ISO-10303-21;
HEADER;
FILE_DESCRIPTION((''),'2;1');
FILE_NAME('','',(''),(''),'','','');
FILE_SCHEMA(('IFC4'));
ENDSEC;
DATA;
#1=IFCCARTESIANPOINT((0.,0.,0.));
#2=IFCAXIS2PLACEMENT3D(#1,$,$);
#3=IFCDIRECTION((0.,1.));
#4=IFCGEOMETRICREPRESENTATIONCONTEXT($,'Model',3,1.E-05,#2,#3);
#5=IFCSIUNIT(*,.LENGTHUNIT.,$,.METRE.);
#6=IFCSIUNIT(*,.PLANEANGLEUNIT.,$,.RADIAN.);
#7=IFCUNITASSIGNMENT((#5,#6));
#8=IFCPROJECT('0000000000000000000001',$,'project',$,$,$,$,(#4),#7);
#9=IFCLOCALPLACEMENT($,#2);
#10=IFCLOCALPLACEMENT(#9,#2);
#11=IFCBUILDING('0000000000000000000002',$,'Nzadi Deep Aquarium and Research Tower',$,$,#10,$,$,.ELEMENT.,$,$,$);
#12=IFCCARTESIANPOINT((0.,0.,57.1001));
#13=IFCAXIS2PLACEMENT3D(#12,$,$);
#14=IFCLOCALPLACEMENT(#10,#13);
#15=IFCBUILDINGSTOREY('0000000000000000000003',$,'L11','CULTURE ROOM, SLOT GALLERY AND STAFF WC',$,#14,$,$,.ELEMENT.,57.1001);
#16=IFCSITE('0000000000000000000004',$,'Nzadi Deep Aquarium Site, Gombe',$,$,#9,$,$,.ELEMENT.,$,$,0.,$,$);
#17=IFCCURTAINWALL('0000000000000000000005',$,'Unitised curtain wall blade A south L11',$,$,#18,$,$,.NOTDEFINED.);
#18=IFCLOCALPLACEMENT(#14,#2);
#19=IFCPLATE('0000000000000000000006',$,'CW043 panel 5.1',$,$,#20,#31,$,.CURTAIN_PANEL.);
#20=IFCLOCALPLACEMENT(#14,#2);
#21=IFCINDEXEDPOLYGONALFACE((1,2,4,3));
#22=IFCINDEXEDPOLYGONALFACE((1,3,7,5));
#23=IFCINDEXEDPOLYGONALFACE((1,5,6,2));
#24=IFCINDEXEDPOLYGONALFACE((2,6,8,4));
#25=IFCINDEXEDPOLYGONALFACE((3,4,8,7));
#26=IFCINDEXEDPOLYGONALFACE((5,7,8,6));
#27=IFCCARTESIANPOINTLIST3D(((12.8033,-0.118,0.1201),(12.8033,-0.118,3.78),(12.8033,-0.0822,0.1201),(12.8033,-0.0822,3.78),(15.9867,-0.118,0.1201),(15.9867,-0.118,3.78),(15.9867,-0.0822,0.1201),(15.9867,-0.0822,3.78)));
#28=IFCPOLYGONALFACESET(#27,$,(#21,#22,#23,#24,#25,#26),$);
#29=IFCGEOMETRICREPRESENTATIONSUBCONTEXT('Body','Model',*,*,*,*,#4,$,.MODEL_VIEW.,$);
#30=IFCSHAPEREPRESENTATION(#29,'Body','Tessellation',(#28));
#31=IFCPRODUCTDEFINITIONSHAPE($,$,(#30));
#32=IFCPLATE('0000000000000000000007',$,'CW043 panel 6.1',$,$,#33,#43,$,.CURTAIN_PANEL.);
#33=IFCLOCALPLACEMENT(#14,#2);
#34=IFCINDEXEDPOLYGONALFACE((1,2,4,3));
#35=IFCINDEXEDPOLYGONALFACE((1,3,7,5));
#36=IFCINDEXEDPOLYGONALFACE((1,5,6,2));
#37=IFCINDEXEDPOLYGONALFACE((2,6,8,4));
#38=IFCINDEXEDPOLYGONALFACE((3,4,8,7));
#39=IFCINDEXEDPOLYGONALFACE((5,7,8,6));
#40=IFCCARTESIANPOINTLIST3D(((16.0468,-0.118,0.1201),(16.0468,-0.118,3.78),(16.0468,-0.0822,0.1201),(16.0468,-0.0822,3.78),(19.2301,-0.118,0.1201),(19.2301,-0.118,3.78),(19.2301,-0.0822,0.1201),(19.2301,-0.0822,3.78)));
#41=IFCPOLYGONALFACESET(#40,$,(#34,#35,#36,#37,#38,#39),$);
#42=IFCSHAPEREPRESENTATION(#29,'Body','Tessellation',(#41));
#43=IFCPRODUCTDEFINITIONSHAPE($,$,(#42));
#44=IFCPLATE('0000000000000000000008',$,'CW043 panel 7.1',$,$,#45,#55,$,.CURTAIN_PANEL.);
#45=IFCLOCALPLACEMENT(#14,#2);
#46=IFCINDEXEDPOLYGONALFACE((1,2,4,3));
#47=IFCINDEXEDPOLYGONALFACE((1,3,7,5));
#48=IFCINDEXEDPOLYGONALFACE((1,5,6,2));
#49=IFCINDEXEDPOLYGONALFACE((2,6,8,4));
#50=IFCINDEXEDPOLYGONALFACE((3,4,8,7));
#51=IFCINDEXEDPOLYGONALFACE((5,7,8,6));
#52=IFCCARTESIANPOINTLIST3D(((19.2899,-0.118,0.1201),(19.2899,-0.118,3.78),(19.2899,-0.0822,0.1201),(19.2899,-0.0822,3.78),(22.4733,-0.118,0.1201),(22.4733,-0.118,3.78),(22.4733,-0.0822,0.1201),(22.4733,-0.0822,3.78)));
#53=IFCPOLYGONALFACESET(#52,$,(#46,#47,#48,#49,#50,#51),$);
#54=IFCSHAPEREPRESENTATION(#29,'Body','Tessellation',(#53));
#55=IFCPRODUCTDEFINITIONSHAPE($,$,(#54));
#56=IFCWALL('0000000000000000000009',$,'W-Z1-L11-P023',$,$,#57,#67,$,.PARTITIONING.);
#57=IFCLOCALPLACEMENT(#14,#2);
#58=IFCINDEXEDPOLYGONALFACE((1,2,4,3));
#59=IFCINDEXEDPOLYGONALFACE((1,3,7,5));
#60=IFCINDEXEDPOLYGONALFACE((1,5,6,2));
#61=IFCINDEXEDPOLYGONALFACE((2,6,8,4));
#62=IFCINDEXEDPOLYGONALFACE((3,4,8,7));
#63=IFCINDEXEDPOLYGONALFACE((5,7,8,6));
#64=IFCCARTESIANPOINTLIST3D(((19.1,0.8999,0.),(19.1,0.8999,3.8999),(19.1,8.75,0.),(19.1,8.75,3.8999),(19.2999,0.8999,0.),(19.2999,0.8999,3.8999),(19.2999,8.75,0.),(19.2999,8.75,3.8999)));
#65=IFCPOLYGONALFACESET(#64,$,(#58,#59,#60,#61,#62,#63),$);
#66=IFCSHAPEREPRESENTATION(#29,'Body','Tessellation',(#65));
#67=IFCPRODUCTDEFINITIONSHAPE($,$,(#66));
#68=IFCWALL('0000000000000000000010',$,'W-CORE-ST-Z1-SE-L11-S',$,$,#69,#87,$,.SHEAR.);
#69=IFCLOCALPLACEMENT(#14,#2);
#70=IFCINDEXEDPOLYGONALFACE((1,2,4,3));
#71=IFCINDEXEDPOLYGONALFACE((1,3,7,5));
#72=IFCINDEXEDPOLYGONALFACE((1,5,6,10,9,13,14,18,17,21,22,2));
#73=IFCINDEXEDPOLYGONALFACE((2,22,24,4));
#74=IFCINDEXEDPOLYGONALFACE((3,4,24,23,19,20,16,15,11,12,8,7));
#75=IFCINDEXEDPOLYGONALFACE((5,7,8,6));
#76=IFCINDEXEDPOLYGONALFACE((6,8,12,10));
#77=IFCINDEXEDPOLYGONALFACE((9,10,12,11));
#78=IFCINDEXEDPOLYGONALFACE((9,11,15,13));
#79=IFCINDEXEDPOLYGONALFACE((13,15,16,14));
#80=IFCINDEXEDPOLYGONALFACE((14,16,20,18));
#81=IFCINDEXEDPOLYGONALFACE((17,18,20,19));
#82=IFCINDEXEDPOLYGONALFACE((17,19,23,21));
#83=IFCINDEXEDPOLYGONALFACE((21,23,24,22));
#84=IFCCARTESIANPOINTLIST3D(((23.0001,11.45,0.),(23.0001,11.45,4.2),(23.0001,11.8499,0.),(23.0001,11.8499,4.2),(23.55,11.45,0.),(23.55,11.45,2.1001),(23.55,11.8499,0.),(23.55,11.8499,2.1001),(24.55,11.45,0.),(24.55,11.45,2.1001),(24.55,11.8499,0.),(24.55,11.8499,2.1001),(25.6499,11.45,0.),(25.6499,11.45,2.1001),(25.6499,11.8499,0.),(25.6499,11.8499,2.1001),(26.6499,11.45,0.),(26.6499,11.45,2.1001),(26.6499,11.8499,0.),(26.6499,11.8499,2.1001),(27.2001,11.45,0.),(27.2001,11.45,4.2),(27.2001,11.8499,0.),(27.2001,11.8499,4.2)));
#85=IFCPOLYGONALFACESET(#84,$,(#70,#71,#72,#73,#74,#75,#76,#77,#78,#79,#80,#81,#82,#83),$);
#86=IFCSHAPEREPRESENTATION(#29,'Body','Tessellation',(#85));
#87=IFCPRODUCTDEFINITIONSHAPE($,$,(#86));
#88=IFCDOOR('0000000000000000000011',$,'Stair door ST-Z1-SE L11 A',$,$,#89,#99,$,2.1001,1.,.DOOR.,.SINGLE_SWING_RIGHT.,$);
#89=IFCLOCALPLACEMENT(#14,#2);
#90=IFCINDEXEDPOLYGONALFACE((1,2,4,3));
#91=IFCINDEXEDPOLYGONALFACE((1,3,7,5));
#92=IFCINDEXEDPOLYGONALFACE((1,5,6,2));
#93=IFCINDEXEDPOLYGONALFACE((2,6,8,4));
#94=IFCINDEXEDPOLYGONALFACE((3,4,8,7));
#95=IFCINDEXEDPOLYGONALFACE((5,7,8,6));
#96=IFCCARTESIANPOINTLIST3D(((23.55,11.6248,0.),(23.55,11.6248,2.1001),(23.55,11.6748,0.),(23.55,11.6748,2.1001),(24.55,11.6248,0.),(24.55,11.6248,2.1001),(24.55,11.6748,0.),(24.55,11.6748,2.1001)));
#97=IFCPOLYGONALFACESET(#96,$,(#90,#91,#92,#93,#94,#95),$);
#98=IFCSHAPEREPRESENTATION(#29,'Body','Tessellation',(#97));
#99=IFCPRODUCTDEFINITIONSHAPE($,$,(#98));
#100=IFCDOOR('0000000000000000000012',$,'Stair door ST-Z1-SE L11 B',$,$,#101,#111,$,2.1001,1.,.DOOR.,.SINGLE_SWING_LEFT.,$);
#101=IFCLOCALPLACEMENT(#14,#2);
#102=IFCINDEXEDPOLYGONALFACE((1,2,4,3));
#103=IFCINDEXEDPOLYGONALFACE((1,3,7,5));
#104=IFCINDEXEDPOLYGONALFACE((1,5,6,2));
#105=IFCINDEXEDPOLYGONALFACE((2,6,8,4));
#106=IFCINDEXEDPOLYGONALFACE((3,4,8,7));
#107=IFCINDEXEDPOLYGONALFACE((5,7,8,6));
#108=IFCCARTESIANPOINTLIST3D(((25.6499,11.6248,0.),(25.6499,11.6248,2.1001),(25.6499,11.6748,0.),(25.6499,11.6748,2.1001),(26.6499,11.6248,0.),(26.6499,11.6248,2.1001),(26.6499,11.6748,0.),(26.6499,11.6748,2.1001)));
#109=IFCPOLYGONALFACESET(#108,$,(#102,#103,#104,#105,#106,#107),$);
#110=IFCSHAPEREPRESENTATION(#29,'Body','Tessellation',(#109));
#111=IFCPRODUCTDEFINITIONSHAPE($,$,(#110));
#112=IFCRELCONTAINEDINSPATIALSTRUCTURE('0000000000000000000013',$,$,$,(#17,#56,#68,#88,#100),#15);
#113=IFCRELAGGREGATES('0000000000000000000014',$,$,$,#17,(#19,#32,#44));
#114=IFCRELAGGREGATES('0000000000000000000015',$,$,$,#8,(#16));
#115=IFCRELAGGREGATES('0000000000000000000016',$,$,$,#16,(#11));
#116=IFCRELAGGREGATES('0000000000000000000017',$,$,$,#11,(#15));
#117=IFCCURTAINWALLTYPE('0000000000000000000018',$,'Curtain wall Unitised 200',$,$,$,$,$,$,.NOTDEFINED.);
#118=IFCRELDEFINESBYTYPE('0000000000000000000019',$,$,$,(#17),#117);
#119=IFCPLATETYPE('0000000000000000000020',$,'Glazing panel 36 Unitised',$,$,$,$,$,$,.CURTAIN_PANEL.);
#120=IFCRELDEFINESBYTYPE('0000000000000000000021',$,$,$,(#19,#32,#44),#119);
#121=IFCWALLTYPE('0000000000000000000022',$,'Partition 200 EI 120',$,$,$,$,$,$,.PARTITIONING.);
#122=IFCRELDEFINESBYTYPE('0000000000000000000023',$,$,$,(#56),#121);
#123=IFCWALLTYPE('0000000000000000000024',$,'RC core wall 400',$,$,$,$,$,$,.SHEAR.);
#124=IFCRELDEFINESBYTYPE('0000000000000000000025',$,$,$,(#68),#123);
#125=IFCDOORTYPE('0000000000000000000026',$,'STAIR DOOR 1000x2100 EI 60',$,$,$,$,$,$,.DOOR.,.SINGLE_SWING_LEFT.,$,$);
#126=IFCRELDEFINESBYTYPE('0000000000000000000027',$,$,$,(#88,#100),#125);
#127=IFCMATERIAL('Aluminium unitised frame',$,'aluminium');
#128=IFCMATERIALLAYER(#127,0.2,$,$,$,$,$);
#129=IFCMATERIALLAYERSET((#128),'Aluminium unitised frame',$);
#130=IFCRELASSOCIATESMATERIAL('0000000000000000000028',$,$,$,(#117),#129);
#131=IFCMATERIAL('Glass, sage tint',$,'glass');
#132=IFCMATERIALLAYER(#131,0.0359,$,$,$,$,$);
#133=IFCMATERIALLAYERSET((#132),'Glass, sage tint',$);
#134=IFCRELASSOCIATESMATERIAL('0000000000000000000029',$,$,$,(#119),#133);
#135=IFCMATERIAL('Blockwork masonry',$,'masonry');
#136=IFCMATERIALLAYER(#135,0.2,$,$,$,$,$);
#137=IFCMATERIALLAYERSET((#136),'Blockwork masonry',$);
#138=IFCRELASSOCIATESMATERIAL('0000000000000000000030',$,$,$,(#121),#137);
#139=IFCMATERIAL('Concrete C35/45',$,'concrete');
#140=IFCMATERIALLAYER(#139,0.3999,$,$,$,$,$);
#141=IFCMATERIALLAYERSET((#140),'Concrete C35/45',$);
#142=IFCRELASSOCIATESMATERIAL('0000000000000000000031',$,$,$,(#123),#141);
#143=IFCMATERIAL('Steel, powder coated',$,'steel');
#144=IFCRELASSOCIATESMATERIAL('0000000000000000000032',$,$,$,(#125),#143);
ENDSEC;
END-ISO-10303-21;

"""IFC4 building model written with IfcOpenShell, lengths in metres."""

from ifc_helpers import new_model, si_unit, direction, frame, frame_2d, origin, origin_2d, place, context, subcontext, project, spatial, rectangle, extrude, material, layer, layer_set, type_object, element, fill, aggregate, save


model = new_model("IFC4")

# Units and contexts
model_context = context("Model", 3, precision=1e-05, world=origin(), true_north=direction((0.0, 1.0)))
body_context = subcontext(model_context, "Body", "Model", "MODEL_VIEW")
ifc_project = project(units=[si_unit("LENGTHUNIT", "METRE"), si_unit("PLANEANGLEUNIT", "RADIAN")], contexts=[model_context])

# Site, building, storey
site_placement = place(None, origin())
site = spatial("IfcSite", under=ifc_project, at=site_placement, Name="Nzadi Deep Aquarium Site, Gombe", CompositionType="ELEMENT", RefElevation=0.0)
building_placement = place(site_placement, origin())
building = spatial("IfcBuilding", under=site, at=building_placement, Name="Nzadi Deep Aquarium and Research Tower", CompositionType="ELEMENT")
storey_placement = place(building_placement, frame((0.0, 0.0, 57.1001)))
storey = spatial("IfcBuildingStorey", under=building, at=storey_placement, Name="L11", Description="CULTURE ROOM, SLOT GALLERY AND STAFF WC", CompositionType="ELEMENT", Elevation=57.1001)

# Curtain wall
ifc_material_1 = material(Name="Aluminium unitised frame", Category="aluminium")
ifc_layer_1 = layer(ifc_material_1, 0.2)
ifc_layer_set_1 = layer_set([ifc_layer_1], Name="Aluminium unitised frame")
curtain_wall_type = type_object("IfcCurtainWallType", Name="Curtain wall Unitised 200", PredefinedType="NOTDEFINED", material=ifc_layer_set_1)
curtain_wall_placement = place(storey_placement, origin())
curtain_wall = element("IfcCurtainWall", 1, at=curtain_wall_placement, inside=storey, type_object=curtain_wall_type, Name="Unitised curtain wall blade A south L11", PredefinedType="NOTDEFINED")

# Plates
ifc_material_2 = material(Name="Glass, sage tint", Category="glass")
ifc_layer_2 = layer(ifc_material_2, 0.0359)
ifc_layer_set_2 = layer_set([ifc_layer_2], Name="Glass, sage tint")
plate_type = type_object("IfcPlateType", Name="Glazing panel 36 Unitised", PredefinedType="CURTAIN_PANEL", material=ifc_layer_set_2)
plate_1_placement = place(storey_placement, frame((14.395, -0.1001, 0.1201), z_axis=(0.0, 0.0, 1.0), x_axis=(1.0, 0.0, 0.0)))
plate_1 = element("IfcPlate", 2, at=plate_1_placement, type_object=plate_type, Name="CW043 panel 5.1", PredefinedType="CURTAIN_PANEL", context=body_context, shape_type="SweptSolid", body=[
    extrude(rectangle(XDim=3.1833, YDim=0.0359, at=origin_2d()), origin(), (0.0, 0.0, 1.0), 3.6599),
])
plate_2_placement = place(storey_placement, frame((17.6384, -0.1001, 0.1201), z_axis=(0.0, 0.0, 1.0), x_axis=(1.0, 0.0, 0.0)))
plate_2 = element("IfcPlate", 3, at=plate_2_placement, type_object=plate_type, Name="CW043 panel 6.1", PredefinedType="CURTAIN_PANEL", context=body_context, shape_type="SweptSolid", body=[
    extrude(rectangle(XDim=3.1833, YDim=0.0359, at=origin_2d()), origin(), (0.0, 0.0, 1.0), 3.6599),
])
plate_3_placement = place(storey_placement, frame((20.8816, -0.1001, 0.1201), z_axis=(0.0, 0.0, 1.0), x_axis=(1.0, 0.0, 0.0)))
plate_3 = element("IfcPlate", 4, at=plate_3_placement, type_object=plate_type, Name="CW043 panel 7.1", PredefinedType="CURTAIN_PANEL", context=body_context, shape_type="SweptSolid", body=[
    extrude(rectangle(XDim=3.1833, YDim=0.0359, at=origin_2d()), origin(), (0.0, 0.0, 1.0), 3.6599),
])
aggregate(curtain_wall, [plate_1, plate_2, plate_3])

# Wall
ifc_material_3 = material(Name="Blockwork masonry", Category="masonry")
ifc_layer_3 = layer(ifc_material_3, 0.2)
ifc_layer_set_3 = layer_set([ifc_layer_3], Name="Blockwork masonry")
wall_type_1 = type_object("IfcWallType", Name="Partition 200 EI 120", PredefinedType="PARTITIONING", material=ifc_layer_set_3)
wall_1_placement = place(storey_placement, frame((19.2, 0.8999, 0.0), z_axis=(0.0, 0.0, 1.0), x_axis=(0.0, 1.0, 0.0)))
element("IfcWall", 5, at=wall_1_placement, inside=storey, type_object=wall_type_1, Name="W-Z1-L11-P023", PredefinedType="PARTITIONING", context=body_context, shape_type="SweptSolid", body=[
    extrude(rectangle(XDim=7.8501, YDim=0.2, at=frame_2d((3.925, 0.0))), origin(), (0.0, 0.0, 1.0), 3.8999),
])

# Wall, openings, doors
ifc_material_4 = material(Name="Concrete C35/45", Category="concrete")
ifc_layer_4 = layer(ifc_material_4, 0.3999)
ifc_layer_set_4 = layer_set([ifc_layer_4], Name="Concrete C35/45")
wall_type_2 = type_object("IfcWallType", Name="RC core wall 400", PredefinedType="SHEAR", material=ifc_layer_set_4)
wall_2_placement = place(storey_placement, frame((23.0, 11.6499, 0.0), z_axis=(0.0, 0.0, 1.0), x_axis=(1.0, 0.0, 0.0)))
wall_2 = element("IfcWall", 6, at=wall_2_placement, inside=storey, type_object=wall_type_2, Name="W-CORE-ST-Z1-SE-L11-S", PredefinedType="SHEAR", context=body_context, shape_type="SweptSolid", body=[
    extrude(rectangle(XDim=4.2, YDim=0.3999, at=frame_2d((2.1001, 0.0))), origin(), (0.0, 0.0, 1.0), 4.2),
])
opening_1_placement = place(wall_2_placement, frame((0.55, 0.0, 0.0)))
opening_1 = element("IfcOpeningElement", 7, at=opening_1_placement, cuts=wall_2, PredefinedType="OPENING", context=body_context, shape_type="SweptSolid", body=[
    extrude(rectangle(XDim=1.0, YDim=2.1001, at=frame_2d((0.5, 1.05))), frame((0.0, 0.21, 0.0), z_axis=(0.0, -1.0, 0.0), x_axis=(1.0, 0.0, 0.0)), (0.0, 0.0, 1.0), 0.4199),
])
opening_2_placement = place(wall_2_placement, frame((2.6499, 0.0, 0.0)))
opening_2 = element("IfcOpeningElement", 8, at=opening_2_placement, cuts=wall_2, PredefinedType="OPENING", context=body_context, shape_type="SweptSolid", body=[
    extrude(rectangle(XDim=1.0, YDim=2.1001, at=frame_2d((0.5, 1.05))), frame((0.0, 0.21, 0.0), z_axis=(0.0, -1.0, 0.0), x_axis=(1.0, 0.0, 0.0)), (0.0, 0.0, 1.0), 0.4199),
])
ifc_material_5 = material(Name="Steel, powder coated", Category="steel")
door_type = type_object("IfcDoorType", Name="STAIR DOOR 1000x2100 EI 60", OperationType="SINGLE_SWING_LEFT", PredefinedType="DOOR", material=ifc_material_5)
door_1_placement = place(opening_1_placement, origin())
door_1 = element("IfcDoor", 9, at=door_1_placement, inside=storey, type_object=door_type, Name="Stair door ST-Z1-SE L11 A", OperationType="SINGLE_SWING_RIGHT", OverallHeight=2.1001, OverallWidth=1.0, PredefinedType="DOOR", context=body_context, shape_type="SweptSolid", body=[
    extrude(rectangle(XDim=1.0, YDim=2.1001, at=frame_2d((0.5, 1.05))), frame((0.0, 0.0249, 0.0), z_axis=(0.0, -1.0, 0.0), x_axis=(1.0, 0.0, 0.0)), (0.0, 0.0, 1.0), 0.05),
])
fill(opening_1, door_1)
door_2_placement = place(opening_2_placement, origin())
door_2 = element("IfcDoor", 10, at=door_2_placement, inside=storey, type_object=door_type, Name="Stair door ST-Z1-SE L11 B", OperationType="SINGLE_SWING_LEFT", OverallHeight=2.1001, OverallWidth=1.0, PredefinedType="DOOR", context=body_context, shape_type="SweptSolid", body=[
    extrude(rectangle(XDim=1.0, YDim=2.1001, at=frame_2d((0.5, 1.05))), frame((0.0, 0.0249, 0.0), z_axis=(0.0, -1.0, 0.0), x_axis=(1.0, 0.0, 0.0)), (0.0, 0.0, 1.0), 0.05),
])
fill(opening_2, door_2)

save(model, "model.ifc")
